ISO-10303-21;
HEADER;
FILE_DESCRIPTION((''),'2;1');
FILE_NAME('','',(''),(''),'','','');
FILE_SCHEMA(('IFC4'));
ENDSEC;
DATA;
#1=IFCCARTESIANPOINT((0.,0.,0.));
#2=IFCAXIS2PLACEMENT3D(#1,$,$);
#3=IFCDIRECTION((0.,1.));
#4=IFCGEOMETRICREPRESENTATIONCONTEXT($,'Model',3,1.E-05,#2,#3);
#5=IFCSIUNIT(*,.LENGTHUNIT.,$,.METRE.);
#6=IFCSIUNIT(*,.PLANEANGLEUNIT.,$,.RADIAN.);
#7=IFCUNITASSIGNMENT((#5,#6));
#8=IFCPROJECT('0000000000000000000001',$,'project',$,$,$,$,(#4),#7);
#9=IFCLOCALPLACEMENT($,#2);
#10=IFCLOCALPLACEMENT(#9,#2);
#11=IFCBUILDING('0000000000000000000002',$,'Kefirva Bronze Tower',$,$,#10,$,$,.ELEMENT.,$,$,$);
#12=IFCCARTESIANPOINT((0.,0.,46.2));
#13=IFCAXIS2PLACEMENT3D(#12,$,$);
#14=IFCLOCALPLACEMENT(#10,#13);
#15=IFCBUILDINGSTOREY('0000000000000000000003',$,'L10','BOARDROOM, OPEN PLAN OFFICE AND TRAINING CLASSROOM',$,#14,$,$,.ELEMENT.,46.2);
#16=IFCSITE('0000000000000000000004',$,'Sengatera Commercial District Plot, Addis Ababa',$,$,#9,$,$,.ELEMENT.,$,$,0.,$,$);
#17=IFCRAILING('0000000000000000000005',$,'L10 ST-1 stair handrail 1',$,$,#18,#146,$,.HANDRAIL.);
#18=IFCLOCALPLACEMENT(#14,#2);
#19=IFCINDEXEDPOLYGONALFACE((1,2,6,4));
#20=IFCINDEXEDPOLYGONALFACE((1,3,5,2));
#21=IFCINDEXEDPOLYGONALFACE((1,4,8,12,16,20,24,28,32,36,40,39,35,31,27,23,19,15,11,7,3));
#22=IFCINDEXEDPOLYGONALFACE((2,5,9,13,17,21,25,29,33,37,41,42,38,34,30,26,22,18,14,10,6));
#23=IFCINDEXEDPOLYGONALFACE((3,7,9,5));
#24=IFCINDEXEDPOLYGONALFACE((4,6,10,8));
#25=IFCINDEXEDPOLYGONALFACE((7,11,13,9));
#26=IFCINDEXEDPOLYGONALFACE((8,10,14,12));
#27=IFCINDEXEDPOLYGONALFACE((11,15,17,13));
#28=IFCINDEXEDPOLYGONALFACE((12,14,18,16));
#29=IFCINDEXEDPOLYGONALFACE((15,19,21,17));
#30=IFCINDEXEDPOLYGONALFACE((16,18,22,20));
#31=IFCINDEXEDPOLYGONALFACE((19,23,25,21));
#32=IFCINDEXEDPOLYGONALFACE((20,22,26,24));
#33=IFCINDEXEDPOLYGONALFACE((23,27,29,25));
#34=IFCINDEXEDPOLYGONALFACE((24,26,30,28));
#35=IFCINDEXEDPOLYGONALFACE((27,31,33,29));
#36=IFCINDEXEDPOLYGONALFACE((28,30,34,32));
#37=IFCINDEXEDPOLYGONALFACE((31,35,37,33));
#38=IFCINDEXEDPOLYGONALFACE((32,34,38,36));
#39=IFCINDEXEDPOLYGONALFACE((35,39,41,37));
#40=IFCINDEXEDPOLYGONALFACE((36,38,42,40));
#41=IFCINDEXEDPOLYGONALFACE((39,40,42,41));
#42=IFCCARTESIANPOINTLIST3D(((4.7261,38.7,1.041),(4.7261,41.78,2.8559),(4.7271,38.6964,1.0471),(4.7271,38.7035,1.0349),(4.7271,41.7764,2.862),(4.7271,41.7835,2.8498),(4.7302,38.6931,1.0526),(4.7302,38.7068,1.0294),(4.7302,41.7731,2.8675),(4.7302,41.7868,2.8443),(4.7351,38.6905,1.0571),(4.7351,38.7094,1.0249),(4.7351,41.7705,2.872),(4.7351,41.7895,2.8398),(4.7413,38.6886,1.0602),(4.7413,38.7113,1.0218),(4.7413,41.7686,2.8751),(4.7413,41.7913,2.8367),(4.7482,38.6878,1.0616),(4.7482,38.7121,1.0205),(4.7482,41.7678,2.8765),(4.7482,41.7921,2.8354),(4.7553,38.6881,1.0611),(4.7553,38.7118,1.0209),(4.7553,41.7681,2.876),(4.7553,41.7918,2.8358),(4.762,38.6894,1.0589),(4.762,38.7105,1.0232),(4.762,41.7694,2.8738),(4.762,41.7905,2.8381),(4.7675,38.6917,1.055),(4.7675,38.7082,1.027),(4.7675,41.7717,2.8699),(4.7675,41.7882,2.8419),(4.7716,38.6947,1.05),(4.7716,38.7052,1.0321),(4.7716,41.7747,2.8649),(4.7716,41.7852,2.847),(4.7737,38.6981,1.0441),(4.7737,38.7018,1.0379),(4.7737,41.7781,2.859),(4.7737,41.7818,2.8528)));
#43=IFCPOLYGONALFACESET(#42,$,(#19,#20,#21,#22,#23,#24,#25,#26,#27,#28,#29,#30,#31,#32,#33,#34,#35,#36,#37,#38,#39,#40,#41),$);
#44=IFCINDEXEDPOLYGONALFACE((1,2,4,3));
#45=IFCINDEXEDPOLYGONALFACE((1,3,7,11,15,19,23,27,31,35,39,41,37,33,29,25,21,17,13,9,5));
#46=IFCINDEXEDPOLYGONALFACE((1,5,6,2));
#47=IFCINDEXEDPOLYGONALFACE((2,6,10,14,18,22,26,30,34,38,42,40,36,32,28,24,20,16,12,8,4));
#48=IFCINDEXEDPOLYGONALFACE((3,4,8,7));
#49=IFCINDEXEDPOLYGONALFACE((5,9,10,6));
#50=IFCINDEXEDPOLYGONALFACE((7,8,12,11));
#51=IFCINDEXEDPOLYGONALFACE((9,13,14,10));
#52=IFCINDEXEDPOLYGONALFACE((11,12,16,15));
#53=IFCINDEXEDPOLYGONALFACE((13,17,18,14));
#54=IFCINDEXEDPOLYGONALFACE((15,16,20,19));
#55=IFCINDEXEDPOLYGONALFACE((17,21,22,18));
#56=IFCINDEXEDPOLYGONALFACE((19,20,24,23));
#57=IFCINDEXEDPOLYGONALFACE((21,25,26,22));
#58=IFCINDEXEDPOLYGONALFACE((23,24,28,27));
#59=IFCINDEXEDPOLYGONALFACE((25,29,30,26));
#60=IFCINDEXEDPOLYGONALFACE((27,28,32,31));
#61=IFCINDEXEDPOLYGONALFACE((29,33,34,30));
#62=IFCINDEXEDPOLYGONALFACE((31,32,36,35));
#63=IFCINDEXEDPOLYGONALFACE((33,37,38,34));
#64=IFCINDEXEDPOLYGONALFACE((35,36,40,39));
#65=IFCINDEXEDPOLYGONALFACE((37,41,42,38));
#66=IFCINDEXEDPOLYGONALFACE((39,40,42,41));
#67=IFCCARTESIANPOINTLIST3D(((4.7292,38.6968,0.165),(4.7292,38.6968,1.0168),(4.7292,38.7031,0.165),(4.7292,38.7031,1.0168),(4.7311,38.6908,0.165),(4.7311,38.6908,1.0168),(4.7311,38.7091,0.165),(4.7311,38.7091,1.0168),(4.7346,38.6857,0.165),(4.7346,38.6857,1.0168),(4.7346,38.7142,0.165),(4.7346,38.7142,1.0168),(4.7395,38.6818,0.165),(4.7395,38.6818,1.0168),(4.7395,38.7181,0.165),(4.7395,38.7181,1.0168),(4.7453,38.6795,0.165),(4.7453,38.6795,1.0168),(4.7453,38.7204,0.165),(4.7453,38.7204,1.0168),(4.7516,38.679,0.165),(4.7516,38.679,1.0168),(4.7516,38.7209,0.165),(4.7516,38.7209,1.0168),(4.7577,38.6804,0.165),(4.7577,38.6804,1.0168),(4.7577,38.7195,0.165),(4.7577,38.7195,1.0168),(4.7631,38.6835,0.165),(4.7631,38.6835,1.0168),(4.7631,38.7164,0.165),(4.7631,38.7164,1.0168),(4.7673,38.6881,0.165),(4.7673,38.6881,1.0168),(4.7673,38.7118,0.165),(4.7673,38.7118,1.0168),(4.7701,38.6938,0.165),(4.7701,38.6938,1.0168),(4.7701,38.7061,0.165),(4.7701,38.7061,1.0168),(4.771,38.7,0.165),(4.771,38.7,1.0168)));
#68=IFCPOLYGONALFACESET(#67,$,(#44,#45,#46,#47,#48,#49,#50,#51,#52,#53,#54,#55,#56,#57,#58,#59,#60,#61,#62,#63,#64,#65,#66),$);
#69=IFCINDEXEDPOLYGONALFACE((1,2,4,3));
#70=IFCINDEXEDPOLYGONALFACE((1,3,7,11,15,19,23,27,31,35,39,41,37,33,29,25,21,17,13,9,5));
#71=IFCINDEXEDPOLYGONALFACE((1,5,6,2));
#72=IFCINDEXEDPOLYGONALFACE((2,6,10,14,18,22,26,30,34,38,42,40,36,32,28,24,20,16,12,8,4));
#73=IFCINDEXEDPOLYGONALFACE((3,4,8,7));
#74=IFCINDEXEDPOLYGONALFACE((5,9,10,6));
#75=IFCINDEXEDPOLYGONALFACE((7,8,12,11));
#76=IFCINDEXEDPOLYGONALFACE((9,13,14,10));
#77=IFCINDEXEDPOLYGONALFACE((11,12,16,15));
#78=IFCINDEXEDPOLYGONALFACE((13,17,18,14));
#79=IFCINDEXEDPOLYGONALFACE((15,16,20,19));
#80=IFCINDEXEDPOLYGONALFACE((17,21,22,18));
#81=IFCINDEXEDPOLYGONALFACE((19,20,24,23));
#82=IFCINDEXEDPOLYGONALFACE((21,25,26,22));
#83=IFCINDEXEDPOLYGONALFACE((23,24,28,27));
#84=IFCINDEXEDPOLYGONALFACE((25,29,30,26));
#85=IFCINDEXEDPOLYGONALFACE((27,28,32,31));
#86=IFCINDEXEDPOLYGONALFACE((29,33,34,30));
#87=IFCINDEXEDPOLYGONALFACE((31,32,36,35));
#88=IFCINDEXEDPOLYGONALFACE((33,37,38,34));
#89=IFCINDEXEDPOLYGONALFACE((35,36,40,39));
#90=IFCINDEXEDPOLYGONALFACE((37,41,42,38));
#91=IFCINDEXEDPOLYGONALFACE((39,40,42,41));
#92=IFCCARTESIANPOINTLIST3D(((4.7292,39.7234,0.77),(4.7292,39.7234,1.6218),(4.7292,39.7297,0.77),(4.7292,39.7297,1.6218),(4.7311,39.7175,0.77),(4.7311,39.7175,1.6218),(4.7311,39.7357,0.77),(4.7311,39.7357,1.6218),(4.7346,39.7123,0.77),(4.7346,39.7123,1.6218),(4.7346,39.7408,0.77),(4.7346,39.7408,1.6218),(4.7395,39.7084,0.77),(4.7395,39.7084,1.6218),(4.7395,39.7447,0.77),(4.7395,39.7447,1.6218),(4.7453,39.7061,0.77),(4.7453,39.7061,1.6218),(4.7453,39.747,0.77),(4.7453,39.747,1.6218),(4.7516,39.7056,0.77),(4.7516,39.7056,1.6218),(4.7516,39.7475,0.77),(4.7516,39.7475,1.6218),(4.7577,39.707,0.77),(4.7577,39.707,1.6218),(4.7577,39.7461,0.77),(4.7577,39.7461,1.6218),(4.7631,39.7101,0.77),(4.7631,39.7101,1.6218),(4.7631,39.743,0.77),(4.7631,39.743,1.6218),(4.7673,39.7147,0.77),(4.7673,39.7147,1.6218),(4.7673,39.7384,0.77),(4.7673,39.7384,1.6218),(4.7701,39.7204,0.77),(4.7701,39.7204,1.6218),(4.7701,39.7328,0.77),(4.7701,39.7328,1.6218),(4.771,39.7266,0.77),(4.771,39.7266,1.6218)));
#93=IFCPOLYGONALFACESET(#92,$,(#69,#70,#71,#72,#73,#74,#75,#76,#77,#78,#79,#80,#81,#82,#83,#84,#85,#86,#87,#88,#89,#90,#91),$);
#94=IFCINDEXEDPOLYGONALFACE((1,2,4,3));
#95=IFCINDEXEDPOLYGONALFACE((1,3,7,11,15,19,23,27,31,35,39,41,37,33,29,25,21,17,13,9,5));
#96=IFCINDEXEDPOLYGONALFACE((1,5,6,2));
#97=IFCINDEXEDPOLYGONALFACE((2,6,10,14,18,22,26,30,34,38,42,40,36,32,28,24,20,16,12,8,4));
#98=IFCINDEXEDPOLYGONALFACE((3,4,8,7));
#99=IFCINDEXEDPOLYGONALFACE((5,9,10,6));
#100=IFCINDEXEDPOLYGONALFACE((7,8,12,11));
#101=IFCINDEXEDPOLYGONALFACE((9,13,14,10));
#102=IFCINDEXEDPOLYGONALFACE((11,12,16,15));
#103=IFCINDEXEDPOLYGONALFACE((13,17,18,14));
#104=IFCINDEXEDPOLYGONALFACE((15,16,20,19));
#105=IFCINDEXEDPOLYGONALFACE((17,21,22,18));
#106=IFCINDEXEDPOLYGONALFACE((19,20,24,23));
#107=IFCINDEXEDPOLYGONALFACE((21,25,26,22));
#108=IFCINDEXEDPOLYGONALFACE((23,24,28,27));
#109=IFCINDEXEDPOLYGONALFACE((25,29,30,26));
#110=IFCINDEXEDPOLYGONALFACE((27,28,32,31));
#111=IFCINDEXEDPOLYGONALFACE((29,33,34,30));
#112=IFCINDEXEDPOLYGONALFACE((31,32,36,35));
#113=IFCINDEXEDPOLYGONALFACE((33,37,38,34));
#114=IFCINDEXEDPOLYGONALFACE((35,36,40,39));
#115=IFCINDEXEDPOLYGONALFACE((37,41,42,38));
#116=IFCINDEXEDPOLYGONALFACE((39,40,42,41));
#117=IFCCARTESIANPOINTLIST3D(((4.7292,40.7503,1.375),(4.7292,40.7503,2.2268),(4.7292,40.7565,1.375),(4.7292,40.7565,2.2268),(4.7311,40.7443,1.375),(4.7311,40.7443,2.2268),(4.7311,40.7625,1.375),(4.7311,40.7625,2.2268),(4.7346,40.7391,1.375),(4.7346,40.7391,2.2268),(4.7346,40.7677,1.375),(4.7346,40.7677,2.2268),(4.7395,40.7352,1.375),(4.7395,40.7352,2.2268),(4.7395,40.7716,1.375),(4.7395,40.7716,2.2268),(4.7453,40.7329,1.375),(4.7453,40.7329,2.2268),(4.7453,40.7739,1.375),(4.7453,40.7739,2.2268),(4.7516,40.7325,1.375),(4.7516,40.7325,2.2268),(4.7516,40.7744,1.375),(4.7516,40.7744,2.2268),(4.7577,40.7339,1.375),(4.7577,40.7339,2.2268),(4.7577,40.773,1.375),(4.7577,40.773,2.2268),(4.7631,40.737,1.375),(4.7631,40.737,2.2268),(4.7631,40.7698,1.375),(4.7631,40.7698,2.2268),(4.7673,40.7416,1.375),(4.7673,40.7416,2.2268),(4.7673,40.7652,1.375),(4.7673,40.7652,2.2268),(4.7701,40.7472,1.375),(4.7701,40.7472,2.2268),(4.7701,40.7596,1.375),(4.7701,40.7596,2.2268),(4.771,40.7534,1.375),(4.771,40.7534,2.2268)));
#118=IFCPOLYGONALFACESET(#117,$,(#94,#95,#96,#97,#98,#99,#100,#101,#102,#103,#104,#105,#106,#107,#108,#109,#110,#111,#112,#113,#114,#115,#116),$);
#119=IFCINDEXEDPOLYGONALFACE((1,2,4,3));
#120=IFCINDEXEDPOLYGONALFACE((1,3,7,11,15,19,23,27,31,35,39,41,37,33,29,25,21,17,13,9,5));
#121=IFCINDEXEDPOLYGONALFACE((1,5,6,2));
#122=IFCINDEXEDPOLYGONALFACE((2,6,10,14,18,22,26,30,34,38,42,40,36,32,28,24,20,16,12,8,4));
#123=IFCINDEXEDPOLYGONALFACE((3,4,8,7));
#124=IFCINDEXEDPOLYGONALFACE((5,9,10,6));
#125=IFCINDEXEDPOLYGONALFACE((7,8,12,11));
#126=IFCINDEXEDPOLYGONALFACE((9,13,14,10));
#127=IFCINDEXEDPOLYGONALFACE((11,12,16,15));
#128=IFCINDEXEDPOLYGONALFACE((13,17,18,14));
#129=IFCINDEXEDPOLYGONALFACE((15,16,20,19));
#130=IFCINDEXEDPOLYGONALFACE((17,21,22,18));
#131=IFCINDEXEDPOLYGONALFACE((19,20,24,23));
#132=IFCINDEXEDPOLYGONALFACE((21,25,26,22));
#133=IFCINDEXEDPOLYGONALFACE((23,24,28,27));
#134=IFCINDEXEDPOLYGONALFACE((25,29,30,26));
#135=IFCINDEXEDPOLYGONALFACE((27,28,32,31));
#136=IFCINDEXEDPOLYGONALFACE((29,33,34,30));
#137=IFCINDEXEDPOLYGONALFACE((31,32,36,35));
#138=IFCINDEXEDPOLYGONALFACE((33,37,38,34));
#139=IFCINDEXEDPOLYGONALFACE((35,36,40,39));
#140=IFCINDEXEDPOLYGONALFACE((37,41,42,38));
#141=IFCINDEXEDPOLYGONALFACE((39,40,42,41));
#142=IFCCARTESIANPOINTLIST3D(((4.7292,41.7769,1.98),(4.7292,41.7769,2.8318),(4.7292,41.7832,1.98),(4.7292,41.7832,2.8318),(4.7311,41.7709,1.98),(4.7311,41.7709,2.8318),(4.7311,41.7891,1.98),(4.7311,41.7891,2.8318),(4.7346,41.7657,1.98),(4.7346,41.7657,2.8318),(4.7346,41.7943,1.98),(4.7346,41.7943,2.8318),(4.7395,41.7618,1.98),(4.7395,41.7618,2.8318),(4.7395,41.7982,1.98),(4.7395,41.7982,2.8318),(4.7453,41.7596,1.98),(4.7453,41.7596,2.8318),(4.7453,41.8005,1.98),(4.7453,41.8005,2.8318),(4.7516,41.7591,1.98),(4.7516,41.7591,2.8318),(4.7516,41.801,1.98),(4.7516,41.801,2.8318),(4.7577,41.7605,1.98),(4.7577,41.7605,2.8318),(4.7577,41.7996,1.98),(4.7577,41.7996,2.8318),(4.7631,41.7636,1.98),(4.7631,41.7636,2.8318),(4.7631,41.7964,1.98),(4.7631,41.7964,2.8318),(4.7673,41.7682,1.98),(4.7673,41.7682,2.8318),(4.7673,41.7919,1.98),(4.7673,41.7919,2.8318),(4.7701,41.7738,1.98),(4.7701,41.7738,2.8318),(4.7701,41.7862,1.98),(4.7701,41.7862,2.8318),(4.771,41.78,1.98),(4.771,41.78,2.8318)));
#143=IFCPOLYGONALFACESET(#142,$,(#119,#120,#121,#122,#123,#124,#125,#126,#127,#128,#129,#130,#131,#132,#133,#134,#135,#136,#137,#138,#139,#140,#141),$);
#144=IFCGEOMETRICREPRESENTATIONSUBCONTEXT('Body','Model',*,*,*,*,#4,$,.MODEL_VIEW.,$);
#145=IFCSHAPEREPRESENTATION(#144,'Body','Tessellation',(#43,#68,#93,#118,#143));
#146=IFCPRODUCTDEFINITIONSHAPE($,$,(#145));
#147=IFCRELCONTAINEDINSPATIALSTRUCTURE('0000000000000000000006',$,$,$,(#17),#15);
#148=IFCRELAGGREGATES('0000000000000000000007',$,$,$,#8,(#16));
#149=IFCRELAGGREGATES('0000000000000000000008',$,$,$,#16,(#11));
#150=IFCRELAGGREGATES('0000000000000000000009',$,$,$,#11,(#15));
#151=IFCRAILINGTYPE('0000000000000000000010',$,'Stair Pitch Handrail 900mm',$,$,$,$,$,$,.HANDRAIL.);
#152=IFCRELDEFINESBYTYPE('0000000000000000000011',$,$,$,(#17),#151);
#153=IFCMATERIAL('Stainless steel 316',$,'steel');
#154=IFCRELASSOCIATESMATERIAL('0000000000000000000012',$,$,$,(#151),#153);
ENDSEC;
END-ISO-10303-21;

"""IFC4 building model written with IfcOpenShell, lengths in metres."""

from ifc_helpers import new_model, si_unit, direction, frame, origin, origin_2d, place, context, subcontext, project, spatial, circle, extrude, material, type_object, element, save


model = new_model("IFC4")

# Units and contexts
model_context = context("Model", 3, precision=1e-05, world=origin(), true_north=direction((0.0, 1.0)))
body_context = subcontext(model_context, "Body", "Model", "MODEL_VIEW")
ifc_project = project(units=[si_unit("LENGTHUNIT", "METRE"), si_unit("PLANEANGLEUNIT", "RADIAN")], contexts=[model_context])

# Site, building, storey
site_placement = place(None, origin())
site = spatial("IfcSite", under=ifc_project, at=site_placement, Name="Sengatera Commercial District Plot, Addis Ababa", CompositionType="ELEMENT", RefElevation=0.0)
building_placement = place(site_placement, origin())
building = spatial("IfcBuilding", under=site, at=building_placement, Name="Kefirva Bronze Tower", CompositionType="ELEMENT")
storey_placement = place(building_placement, frame((0.0, 0.0, 46.2)))
storey = spatial("IfcBuildingStorey", under=building, at=storey_placement, Name="L10", Description="BOARDROOM, OPEN PLAN OFFICE AND TRAINING CLASSROOM", CompositionType="ELEMENT", Elevation=46.2)

# Railing
ifc_material_1 = material(Name="Stainless steel 316", Category="steel")
railing_type_1 = type_object("IfcRailingType", Name="Stair Pitch Handrail 900mm", PredefinedType="HANDRAIL", material=ifc_material_1)
railing_1_placement = place(storey_placement, frame((4.75, 38.7, 0.165)))
element("IfcRailing", 1, at=railing_1_placement, inside=storey, type_object=railing_type_1, Name="L10 ST-1 stair handrail 1", PredefinedType="HANDRAIL", context=body_context, shape_type="SweptSolid", body=[
    extrude(circle(Radius=0.0239, at=origin_2d()), frame((0.0, 0.0, 0.876), z_axis=(0.0, 0.861551, 0.507671), x_axis=(-1.0, 0.0, 0.0)), (0.0, 0.0, 1.0), 3.575),
    extrude(circle(Radius=0.021, at=origin_2d()), origin(), (0.0, 0.0, 1.0), 0.8518),
    extrude(circle(Radius=0.021, at=origin_2d()), frame((0.0, 1.0266, 0.605)), (0.0, 0.0, 1.0), 0.8518),
    extrude(circle(Radius=0.021, at=origin_2d()), frame((0.0, 2.0535, 1.21)), (0.0, 0.0, 1.0), 0.8518),
    extrude(circle(Radius=0.021, at=origin_2d()), frame((0.0, 3.0801, 1.8149)), (0.0, 0.0, 1.0), 0.8518),
])

save(model, "model.ifc")
